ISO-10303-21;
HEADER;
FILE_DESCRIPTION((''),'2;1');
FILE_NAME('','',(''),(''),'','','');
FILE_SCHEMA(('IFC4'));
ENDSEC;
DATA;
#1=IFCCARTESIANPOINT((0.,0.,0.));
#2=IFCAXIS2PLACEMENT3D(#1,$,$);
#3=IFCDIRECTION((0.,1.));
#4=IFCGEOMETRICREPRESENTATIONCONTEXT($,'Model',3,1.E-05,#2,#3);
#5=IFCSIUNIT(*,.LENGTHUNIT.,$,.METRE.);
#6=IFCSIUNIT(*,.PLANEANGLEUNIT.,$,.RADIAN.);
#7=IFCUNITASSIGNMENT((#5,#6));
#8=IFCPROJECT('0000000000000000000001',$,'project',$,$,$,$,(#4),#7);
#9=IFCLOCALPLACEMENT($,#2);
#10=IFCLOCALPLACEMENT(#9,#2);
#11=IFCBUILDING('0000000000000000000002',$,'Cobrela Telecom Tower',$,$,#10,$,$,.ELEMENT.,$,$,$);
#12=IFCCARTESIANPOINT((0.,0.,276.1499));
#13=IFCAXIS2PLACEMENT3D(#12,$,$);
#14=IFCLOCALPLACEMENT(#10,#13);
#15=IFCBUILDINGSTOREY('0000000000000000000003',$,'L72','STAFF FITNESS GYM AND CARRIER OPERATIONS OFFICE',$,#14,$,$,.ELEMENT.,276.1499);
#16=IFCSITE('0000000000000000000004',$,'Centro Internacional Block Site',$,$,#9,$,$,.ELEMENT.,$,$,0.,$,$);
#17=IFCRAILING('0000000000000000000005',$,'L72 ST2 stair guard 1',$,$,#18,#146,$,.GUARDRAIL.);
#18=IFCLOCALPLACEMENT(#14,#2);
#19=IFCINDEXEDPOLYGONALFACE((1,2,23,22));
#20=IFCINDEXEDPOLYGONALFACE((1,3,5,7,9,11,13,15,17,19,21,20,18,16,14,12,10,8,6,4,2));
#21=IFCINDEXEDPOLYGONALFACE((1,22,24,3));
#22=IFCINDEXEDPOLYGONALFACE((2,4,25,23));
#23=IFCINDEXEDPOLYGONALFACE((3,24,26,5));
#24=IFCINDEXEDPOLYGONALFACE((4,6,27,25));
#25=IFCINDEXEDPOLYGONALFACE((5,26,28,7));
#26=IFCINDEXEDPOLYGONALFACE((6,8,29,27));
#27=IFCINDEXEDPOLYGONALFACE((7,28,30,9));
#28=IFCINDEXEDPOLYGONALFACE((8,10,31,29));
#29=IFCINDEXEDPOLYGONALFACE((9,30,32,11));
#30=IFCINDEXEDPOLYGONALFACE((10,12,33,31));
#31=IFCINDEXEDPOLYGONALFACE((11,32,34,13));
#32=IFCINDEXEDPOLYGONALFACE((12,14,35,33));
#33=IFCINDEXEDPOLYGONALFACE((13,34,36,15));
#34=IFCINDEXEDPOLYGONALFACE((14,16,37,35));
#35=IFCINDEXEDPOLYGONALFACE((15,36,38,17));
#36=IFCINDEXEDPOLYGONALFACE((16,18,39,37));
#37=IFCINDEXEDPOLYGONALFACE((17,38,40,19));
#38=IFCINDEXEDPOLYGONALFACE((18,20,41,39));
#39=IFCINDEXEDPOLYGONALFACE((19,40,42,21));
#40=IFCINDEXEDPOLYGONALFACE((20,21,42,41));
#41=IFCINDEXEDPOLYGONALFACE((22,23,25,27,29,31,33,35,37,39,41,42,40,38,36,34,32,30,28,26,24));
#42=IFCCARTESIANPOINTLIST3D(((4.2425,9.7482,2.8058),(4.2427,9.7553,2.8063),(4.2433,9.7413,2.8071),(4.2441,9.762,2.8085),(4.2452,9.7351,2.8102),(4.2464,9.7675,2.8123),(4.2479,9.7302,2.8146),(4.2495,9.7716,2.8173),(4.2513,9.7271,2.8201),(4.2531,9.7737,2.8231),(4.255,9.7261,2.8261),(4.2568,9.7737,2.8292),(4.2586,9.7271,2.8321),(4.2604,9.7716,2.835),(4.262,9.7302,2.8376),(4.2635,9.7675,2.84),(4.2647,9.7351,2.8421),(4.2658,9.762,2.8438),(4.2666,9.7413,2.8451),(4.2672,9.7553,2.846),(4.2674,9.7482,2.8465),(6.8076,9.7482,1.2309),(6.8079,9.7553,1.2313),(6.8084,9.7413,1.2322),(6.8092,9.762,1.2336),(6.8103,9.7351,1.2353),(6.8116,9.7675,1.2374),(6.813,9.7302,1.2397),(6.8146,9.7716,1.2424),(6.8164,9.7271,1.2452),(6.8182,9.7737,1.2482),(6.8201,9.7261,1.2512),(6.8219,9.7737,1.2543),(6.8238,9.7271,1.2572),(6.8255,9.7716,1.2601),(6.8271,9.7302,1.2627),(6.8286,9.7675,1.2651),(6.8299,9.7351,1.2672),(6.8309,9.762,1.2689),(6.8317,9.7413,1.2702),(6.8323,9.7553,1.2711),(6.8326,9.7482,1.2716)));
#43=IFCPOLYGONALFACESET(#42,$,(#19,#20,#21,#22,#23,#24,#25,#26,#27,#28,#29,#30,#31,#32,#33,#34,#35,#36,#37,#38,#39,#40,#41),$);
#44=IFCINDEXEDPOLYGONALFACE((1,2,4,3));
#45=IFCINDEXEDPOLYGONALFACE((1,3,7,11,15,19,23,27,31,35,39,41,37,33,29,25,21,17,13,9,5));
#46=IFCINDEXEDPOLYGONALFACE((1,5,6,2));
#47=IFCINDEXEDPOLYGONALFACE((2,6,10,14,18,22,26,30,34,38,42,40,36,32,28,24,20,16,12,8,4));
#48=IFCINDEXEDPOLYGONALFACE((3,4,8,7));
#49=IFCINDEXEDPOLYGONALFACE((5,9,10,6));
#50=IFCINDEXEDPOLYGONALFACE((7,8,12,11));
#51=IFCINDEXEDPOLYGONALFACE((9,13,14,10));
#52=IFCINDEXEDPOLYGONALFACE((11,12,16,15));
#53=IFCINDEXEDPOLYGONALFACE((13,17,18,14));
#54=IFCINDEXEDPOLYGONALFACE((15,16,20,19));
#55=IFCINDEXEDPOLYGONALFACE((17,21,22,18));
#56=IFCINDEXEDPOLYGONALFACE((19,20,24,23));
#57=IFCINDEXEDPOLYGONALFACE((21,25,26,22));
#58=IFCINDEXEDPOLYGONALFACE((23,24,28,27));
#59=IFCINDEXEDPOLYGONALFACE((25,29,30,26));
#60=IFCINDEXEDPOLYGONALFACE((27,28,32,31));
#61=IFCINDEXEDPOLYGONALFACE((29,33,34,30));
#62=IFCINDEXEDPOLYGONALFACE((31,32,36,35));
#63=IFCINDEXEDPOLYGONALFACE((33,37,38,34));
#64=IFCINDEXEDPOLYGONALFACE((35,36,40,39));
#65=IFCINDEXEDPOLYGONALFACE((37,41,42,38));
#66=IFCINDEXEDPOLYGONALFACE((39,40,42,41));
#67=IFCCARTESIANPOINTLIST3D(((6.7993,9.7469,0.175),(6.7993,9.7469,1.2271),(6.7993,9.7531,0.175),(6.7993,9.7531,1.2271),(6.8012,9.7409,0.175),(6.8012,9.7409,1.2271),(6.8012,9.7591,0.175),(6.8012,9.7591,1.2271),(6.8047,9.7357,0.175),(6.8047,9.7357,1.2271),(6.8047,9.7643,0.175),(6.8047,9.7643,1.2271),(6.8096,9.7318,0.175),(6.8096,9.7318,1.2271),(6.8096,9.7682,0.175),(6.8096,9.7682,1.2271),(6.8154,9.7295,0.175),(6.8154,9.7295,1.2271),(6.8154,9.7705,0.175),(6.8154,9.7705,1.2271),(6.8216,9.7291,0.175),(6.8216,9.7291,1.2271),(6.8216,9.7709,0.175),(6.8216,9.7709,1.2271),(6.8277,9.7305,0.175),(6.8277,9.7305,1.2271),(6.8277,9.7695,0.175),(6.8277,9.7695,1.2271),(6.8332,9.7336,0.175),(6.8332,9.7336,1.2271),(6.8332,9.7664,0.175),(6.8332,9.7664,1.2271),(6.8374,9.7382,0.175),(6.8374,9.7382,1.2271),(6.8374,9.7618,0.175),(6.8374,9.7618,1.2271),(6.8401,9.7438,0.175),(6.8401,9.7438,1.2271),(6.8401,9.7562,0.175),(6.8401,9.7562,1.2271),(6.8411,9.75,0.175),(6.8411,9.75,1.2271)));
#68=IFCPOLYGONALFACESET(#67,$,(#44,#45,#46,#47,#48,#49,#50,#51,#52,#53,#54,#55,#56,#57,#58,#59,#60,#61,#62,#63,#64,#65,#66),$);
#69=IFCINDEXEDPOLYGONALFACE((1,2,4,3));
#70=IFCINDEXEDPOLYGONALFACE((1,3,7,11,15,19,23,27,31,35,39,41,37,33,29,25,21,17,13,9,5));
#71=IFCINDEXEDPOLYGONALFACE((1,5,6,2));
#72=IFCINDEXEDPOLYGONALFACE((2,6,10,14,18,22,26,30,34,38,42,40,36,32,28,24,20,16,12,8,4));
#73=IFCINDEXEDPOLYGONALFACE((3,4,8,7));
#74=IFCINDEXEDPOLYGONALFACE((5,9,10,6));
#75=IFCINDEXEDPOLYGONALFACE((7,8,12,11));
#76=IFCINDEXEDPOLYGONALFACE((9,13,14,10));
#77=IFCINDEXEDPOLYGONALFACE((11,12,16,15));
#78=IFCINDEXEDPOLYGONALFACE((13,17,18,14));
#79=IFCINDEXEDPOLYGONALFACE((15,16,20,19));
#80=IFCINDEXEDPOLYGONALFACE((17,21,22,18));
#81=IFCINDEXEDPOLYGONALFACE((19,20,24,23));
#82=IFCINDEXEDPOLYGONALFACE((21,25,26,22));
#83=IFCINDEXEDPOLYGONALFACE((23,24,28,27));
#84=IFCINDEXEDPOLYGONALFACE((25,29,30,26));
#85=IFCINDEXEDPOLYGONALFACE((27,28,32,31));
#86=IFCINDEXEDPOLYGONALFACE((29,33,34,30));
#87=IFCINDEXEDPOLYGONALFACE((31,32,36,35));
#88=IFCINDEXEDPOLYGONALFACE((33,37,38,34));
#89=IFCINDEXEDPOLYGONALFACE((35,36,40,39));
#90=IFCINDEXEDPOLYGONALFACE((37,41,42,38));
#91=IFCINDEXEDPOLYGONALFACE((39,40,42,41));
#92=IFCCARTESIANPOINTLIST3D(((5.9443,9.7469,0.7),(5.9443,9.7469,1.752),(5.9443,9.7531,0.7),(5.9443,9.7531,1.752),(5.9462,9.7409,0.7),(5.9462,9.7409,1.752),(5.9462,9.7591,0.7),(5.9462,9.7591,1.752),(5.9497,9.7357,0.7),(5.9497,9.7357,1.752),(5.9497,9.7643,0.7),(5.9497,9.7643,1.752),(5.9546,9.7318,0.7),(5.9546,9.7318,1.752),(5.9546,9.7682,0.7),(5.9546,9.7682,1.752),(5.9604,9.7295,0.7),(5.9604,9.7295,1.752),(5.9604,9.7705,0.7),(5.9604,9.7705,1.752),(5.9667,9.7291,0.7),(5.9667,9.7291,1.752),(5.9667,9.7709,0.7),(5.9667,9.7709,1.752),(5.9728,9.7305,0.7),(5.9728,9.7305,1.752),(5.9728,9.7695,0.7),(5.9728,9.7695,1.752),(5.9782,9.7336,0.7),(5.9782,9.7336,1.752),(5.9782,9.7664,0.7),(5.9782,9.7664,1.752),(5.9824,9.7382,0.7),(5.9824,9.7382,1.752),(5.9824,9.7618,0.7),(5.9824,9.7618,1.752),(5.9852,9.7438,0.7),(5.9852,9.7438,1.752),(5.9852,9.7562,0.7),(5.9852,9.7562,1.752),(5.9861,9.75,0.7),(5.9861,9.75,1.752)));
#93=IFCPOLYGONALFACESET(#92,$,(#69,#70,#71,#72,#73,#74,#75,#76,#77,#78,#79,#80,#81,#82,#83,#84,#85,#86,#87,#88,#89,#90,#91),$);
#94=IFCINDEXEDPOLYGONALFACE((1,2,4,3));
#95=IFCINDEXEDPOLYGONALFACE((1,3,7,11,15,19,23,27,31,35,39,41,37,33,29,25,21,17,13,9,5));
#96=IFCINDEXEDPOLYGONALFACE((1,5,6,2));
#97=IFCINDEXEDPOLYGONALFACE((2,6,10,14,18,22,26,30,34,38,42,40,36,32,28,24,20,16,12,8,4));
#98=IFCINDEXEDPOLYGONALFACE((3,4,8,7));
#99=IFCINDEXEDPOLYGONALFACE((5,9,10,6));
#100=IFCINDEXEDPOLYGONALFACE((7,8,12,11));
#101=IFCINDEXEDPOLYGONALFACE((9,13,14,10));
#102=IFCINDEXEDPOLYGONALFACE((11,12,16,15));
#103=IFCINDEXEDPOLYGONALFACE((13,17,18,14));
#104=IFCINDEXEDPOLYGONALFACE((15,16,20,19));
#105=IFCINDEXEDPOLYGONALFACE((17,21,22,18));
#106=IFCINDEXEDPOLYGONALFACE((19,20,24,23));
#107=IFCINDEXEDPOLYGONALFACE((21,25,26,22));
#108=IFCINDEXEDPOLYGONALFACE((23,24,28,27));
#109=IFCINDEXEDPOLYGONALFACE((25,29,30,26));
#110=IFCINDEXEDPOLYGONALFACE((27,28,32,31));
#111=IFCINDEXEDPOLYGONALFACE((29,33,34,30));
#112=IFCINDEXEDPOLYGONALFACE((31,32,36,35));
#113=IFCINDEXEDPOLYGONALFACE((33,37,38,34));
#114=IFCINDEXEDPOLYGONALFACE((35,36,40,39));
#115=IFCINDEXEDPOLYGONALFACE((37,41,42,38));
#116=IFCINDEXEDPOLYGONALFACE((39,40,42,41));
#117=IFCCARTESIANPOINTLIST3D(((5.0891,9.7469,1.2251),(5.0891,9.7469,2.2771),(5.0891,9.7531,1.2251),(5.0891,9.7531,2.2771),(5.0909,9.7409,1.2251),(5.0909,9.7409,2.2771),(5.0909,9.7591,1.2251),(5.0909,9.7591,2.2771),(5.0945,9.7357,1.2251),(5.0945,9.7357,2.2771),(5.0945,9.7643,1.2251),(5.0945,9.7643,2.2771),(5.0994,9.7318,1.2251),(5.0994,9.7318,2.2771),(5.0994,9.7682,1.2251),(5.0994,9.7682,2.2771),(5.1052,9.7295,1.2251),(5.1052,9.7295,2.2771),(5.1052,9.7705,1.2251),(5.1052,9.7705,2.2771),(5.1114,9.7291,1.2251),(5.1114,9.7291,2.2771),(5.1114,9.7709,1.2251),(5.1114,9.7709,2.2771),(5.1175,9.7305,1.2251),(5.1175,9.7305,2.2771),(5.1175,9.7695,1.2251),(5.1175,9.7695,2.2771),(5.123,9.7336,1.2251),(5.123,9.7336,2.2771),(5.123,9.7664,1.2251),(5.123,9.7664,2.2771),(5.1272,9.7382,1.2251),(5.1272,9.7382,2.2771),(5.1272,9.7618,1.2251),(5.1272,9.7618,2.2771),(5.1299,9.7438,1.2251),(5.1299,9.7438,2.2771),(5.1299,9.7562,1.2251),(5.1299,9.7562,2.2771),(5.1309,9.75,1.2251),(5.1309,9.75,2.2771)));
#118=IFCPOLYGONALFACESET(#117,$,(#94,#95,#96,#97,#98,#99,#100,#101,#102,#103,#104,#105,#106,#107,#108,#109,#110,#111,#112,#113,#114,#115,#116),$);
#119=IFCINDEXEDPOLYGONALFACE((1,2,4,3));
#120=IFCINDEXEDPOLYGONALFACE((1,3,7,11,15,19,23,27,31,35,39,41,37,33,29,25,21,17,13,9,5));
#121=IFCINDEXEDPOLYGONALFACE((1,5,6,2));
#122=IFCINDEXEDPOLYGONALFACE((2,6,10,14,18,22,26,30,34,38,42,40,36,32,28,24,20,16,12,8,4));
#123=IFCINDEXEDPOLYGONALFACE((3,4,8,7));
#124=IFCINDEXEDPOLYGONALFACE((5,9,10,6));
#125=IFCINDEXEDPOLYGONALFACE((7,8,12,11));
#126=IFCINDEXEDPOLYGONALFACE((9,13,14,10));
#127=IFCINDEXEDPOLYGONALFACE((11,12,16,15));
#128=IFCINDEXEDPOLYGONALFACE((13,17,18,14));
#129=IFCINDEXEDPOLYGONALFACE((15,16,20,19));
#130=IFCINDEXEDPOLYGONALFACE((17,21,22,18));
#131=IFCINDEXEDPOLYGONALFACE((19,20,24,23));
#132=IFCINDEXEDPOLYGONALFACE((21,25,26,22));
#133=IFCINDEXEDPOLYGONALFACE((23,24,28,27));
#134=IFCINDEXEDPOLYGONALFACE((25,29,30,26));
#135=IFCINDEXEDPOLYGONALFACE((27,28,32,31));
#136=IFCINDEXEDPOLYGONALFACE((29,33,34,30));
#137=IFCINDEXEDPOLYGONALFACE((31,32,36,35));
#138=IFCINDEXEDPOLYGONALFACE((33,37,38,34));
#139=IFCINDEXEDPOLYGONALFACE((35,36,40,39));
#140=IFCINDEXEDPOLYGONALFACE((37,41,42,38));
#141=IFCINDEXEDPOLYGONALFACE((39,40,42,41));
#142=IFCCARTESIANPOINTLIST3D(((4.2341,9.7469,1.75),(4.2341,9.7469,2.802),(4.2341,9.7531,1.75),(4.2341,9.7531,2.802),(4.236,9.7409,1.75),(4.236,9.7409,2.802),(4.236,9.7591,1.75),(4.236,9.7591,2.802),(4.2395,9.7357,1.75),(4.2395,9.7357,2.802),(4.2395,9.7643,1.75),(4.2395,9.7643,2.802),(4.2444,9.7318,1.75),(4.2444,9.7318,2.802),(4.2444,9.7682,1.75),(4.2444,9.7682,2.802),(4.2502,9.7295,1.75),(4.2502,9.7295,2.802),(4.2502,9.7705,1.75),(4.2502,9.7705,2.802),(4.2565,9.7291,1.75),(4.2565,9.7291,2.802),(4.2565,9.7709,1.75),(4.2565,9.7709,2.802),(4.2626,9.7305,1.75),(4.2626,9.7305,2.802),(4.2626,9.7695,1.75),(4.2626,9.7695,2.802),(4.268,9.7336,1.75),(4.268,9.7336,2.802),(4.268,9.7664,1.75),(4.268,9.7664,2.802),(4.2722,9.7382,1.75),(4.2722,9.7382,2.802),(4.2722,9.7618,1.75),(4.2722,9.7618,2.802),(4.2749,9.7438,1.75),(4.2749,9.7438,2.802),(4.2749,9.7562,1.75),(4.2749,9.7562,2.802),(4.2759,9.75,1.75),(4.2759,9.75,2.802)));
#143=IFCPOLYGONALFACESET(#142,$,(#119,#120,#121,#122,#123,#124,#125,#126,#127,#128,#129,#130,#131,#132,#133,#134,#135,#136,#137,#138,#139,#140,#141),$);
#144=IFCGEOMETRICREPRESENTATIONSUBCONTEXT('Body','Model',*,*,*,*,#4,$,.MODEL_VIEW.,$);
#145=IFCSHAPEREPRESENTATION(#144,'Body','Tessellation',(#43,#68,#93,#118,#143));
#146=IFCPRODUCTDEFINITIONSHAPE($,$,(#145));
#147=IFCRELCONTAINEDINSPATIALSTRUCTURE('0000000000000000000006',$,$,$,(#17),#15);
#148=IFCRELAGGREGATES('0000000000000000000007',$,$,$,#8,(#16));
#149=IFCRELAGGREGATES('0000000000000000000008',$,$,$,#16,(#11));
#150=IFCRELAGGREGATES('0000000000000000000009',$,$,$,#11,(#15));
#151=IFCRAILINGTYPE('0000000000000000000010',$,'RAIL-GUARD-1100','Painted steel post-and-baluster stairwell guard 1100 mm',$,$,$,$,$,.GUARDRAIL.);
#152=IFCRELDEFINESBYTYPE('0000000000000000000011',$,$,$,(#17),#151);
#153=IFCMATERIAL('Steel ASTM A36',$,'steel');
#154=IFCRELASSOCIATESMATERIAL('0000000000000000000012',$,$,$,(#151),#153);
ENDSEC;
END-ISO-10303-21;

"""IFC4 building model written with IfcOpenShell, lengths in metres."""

from ifc_helpers import new_model, si_unit, direction, frame, origin, origin_2d, place, context, subcontext, project, spatial, circle, extrude, material, type_object, element, save


model = new_model("IFC4")

# Units and contexts
model_context = context("Model", 3, precision=1e-05, world=origin(), true_north=direction((0.0, 1.0)))
body_context = subcontext(model_context, "Body", "Model", "MODEL_VIEW")
ifc_project = project(units=[si_unit("LENGTHUNIT", "METRE"), si_unit("PLANEANGLEUNIT", "RADIAN")], contexts=[model_context])

# Site, building, storey
site_placement = place(None, origin())
site = spatial("IfcSite", under=ifc_project, at=site_placement, Name="Centro Internacional Block Site", CompositionType="ELEMENT", RefElevation=0.0)
building_placement = place(site_placement, origin())
building = spatial("IfcBuilding", under=site, at=building_placement, Name="Cobrela Telecom Tower", CompositionType="ELEMENT")
storey_placement = place(building_placement, frame((0.0, 0.0, 276.1499)))
storey = spatial("IfcBuildingStorey", under=building, at=storey_placement, Name="L72", Description="STAFF FITNESS GYM AND CARRIER OPERATIONS OFFICE", CompositionType="ELEMENT", Elevation=276.1499)

# Railing
ifc_material_1 = material(Name="Steel ASTM A36", Category="steel")
railing_type_1 = type_object("IfcRailingType", Name="RAIL-GUARD-1100", Description="Painted steel post-and-baluster stairwell guard 1100 mm", PredefinedType="GUARDRAIL", material=ifc_material_1)
railing_1_placement = place(storey_placement, frame((6.8201, 9.75, 0.175)))
element("IfcRailing", 1, at=railing_1_placement, inside=storey, type_object=railing_type_1, Name="L72 ST2 stair guard 1", PredefinedType="GUARDRAIL", context=body_context, shape_type="SweptSolid", body=[
    extrude(circle(Radius=0.0239, at=origin_2d()), frame((0.0, 0.0, 1.0762), z_axis=(-0.852195, 0.0, 0.523224), x_axis=(0.0, -1.0, 0.0)), (0.0, 0.0, 1.0), 3.01),
    extrude(circle(Radius=0.021, at=origin_2d()), origin(), (0.0, 0.0, 1.0), 1.052),
    extrude(circle(Radius=0.021, at=origin_2d()), frame((-0.855, 0.0, 0.5249)), (0.0, 0.0, 1.0), 1.052),
    extrude(circle(Radius=0.021, at=origin_2d()), frame((-1.7102, 0.0, 1.05)), (0.0, 0.0, 1.0), 1.052),
    extrude(circle(Radius=0.021, at=origin_2d()), frame((-2.5652, 0.0, 1.575)), (0.0, 0.0, 1.0), 1.052),
])

save(model, "model.ifc")
